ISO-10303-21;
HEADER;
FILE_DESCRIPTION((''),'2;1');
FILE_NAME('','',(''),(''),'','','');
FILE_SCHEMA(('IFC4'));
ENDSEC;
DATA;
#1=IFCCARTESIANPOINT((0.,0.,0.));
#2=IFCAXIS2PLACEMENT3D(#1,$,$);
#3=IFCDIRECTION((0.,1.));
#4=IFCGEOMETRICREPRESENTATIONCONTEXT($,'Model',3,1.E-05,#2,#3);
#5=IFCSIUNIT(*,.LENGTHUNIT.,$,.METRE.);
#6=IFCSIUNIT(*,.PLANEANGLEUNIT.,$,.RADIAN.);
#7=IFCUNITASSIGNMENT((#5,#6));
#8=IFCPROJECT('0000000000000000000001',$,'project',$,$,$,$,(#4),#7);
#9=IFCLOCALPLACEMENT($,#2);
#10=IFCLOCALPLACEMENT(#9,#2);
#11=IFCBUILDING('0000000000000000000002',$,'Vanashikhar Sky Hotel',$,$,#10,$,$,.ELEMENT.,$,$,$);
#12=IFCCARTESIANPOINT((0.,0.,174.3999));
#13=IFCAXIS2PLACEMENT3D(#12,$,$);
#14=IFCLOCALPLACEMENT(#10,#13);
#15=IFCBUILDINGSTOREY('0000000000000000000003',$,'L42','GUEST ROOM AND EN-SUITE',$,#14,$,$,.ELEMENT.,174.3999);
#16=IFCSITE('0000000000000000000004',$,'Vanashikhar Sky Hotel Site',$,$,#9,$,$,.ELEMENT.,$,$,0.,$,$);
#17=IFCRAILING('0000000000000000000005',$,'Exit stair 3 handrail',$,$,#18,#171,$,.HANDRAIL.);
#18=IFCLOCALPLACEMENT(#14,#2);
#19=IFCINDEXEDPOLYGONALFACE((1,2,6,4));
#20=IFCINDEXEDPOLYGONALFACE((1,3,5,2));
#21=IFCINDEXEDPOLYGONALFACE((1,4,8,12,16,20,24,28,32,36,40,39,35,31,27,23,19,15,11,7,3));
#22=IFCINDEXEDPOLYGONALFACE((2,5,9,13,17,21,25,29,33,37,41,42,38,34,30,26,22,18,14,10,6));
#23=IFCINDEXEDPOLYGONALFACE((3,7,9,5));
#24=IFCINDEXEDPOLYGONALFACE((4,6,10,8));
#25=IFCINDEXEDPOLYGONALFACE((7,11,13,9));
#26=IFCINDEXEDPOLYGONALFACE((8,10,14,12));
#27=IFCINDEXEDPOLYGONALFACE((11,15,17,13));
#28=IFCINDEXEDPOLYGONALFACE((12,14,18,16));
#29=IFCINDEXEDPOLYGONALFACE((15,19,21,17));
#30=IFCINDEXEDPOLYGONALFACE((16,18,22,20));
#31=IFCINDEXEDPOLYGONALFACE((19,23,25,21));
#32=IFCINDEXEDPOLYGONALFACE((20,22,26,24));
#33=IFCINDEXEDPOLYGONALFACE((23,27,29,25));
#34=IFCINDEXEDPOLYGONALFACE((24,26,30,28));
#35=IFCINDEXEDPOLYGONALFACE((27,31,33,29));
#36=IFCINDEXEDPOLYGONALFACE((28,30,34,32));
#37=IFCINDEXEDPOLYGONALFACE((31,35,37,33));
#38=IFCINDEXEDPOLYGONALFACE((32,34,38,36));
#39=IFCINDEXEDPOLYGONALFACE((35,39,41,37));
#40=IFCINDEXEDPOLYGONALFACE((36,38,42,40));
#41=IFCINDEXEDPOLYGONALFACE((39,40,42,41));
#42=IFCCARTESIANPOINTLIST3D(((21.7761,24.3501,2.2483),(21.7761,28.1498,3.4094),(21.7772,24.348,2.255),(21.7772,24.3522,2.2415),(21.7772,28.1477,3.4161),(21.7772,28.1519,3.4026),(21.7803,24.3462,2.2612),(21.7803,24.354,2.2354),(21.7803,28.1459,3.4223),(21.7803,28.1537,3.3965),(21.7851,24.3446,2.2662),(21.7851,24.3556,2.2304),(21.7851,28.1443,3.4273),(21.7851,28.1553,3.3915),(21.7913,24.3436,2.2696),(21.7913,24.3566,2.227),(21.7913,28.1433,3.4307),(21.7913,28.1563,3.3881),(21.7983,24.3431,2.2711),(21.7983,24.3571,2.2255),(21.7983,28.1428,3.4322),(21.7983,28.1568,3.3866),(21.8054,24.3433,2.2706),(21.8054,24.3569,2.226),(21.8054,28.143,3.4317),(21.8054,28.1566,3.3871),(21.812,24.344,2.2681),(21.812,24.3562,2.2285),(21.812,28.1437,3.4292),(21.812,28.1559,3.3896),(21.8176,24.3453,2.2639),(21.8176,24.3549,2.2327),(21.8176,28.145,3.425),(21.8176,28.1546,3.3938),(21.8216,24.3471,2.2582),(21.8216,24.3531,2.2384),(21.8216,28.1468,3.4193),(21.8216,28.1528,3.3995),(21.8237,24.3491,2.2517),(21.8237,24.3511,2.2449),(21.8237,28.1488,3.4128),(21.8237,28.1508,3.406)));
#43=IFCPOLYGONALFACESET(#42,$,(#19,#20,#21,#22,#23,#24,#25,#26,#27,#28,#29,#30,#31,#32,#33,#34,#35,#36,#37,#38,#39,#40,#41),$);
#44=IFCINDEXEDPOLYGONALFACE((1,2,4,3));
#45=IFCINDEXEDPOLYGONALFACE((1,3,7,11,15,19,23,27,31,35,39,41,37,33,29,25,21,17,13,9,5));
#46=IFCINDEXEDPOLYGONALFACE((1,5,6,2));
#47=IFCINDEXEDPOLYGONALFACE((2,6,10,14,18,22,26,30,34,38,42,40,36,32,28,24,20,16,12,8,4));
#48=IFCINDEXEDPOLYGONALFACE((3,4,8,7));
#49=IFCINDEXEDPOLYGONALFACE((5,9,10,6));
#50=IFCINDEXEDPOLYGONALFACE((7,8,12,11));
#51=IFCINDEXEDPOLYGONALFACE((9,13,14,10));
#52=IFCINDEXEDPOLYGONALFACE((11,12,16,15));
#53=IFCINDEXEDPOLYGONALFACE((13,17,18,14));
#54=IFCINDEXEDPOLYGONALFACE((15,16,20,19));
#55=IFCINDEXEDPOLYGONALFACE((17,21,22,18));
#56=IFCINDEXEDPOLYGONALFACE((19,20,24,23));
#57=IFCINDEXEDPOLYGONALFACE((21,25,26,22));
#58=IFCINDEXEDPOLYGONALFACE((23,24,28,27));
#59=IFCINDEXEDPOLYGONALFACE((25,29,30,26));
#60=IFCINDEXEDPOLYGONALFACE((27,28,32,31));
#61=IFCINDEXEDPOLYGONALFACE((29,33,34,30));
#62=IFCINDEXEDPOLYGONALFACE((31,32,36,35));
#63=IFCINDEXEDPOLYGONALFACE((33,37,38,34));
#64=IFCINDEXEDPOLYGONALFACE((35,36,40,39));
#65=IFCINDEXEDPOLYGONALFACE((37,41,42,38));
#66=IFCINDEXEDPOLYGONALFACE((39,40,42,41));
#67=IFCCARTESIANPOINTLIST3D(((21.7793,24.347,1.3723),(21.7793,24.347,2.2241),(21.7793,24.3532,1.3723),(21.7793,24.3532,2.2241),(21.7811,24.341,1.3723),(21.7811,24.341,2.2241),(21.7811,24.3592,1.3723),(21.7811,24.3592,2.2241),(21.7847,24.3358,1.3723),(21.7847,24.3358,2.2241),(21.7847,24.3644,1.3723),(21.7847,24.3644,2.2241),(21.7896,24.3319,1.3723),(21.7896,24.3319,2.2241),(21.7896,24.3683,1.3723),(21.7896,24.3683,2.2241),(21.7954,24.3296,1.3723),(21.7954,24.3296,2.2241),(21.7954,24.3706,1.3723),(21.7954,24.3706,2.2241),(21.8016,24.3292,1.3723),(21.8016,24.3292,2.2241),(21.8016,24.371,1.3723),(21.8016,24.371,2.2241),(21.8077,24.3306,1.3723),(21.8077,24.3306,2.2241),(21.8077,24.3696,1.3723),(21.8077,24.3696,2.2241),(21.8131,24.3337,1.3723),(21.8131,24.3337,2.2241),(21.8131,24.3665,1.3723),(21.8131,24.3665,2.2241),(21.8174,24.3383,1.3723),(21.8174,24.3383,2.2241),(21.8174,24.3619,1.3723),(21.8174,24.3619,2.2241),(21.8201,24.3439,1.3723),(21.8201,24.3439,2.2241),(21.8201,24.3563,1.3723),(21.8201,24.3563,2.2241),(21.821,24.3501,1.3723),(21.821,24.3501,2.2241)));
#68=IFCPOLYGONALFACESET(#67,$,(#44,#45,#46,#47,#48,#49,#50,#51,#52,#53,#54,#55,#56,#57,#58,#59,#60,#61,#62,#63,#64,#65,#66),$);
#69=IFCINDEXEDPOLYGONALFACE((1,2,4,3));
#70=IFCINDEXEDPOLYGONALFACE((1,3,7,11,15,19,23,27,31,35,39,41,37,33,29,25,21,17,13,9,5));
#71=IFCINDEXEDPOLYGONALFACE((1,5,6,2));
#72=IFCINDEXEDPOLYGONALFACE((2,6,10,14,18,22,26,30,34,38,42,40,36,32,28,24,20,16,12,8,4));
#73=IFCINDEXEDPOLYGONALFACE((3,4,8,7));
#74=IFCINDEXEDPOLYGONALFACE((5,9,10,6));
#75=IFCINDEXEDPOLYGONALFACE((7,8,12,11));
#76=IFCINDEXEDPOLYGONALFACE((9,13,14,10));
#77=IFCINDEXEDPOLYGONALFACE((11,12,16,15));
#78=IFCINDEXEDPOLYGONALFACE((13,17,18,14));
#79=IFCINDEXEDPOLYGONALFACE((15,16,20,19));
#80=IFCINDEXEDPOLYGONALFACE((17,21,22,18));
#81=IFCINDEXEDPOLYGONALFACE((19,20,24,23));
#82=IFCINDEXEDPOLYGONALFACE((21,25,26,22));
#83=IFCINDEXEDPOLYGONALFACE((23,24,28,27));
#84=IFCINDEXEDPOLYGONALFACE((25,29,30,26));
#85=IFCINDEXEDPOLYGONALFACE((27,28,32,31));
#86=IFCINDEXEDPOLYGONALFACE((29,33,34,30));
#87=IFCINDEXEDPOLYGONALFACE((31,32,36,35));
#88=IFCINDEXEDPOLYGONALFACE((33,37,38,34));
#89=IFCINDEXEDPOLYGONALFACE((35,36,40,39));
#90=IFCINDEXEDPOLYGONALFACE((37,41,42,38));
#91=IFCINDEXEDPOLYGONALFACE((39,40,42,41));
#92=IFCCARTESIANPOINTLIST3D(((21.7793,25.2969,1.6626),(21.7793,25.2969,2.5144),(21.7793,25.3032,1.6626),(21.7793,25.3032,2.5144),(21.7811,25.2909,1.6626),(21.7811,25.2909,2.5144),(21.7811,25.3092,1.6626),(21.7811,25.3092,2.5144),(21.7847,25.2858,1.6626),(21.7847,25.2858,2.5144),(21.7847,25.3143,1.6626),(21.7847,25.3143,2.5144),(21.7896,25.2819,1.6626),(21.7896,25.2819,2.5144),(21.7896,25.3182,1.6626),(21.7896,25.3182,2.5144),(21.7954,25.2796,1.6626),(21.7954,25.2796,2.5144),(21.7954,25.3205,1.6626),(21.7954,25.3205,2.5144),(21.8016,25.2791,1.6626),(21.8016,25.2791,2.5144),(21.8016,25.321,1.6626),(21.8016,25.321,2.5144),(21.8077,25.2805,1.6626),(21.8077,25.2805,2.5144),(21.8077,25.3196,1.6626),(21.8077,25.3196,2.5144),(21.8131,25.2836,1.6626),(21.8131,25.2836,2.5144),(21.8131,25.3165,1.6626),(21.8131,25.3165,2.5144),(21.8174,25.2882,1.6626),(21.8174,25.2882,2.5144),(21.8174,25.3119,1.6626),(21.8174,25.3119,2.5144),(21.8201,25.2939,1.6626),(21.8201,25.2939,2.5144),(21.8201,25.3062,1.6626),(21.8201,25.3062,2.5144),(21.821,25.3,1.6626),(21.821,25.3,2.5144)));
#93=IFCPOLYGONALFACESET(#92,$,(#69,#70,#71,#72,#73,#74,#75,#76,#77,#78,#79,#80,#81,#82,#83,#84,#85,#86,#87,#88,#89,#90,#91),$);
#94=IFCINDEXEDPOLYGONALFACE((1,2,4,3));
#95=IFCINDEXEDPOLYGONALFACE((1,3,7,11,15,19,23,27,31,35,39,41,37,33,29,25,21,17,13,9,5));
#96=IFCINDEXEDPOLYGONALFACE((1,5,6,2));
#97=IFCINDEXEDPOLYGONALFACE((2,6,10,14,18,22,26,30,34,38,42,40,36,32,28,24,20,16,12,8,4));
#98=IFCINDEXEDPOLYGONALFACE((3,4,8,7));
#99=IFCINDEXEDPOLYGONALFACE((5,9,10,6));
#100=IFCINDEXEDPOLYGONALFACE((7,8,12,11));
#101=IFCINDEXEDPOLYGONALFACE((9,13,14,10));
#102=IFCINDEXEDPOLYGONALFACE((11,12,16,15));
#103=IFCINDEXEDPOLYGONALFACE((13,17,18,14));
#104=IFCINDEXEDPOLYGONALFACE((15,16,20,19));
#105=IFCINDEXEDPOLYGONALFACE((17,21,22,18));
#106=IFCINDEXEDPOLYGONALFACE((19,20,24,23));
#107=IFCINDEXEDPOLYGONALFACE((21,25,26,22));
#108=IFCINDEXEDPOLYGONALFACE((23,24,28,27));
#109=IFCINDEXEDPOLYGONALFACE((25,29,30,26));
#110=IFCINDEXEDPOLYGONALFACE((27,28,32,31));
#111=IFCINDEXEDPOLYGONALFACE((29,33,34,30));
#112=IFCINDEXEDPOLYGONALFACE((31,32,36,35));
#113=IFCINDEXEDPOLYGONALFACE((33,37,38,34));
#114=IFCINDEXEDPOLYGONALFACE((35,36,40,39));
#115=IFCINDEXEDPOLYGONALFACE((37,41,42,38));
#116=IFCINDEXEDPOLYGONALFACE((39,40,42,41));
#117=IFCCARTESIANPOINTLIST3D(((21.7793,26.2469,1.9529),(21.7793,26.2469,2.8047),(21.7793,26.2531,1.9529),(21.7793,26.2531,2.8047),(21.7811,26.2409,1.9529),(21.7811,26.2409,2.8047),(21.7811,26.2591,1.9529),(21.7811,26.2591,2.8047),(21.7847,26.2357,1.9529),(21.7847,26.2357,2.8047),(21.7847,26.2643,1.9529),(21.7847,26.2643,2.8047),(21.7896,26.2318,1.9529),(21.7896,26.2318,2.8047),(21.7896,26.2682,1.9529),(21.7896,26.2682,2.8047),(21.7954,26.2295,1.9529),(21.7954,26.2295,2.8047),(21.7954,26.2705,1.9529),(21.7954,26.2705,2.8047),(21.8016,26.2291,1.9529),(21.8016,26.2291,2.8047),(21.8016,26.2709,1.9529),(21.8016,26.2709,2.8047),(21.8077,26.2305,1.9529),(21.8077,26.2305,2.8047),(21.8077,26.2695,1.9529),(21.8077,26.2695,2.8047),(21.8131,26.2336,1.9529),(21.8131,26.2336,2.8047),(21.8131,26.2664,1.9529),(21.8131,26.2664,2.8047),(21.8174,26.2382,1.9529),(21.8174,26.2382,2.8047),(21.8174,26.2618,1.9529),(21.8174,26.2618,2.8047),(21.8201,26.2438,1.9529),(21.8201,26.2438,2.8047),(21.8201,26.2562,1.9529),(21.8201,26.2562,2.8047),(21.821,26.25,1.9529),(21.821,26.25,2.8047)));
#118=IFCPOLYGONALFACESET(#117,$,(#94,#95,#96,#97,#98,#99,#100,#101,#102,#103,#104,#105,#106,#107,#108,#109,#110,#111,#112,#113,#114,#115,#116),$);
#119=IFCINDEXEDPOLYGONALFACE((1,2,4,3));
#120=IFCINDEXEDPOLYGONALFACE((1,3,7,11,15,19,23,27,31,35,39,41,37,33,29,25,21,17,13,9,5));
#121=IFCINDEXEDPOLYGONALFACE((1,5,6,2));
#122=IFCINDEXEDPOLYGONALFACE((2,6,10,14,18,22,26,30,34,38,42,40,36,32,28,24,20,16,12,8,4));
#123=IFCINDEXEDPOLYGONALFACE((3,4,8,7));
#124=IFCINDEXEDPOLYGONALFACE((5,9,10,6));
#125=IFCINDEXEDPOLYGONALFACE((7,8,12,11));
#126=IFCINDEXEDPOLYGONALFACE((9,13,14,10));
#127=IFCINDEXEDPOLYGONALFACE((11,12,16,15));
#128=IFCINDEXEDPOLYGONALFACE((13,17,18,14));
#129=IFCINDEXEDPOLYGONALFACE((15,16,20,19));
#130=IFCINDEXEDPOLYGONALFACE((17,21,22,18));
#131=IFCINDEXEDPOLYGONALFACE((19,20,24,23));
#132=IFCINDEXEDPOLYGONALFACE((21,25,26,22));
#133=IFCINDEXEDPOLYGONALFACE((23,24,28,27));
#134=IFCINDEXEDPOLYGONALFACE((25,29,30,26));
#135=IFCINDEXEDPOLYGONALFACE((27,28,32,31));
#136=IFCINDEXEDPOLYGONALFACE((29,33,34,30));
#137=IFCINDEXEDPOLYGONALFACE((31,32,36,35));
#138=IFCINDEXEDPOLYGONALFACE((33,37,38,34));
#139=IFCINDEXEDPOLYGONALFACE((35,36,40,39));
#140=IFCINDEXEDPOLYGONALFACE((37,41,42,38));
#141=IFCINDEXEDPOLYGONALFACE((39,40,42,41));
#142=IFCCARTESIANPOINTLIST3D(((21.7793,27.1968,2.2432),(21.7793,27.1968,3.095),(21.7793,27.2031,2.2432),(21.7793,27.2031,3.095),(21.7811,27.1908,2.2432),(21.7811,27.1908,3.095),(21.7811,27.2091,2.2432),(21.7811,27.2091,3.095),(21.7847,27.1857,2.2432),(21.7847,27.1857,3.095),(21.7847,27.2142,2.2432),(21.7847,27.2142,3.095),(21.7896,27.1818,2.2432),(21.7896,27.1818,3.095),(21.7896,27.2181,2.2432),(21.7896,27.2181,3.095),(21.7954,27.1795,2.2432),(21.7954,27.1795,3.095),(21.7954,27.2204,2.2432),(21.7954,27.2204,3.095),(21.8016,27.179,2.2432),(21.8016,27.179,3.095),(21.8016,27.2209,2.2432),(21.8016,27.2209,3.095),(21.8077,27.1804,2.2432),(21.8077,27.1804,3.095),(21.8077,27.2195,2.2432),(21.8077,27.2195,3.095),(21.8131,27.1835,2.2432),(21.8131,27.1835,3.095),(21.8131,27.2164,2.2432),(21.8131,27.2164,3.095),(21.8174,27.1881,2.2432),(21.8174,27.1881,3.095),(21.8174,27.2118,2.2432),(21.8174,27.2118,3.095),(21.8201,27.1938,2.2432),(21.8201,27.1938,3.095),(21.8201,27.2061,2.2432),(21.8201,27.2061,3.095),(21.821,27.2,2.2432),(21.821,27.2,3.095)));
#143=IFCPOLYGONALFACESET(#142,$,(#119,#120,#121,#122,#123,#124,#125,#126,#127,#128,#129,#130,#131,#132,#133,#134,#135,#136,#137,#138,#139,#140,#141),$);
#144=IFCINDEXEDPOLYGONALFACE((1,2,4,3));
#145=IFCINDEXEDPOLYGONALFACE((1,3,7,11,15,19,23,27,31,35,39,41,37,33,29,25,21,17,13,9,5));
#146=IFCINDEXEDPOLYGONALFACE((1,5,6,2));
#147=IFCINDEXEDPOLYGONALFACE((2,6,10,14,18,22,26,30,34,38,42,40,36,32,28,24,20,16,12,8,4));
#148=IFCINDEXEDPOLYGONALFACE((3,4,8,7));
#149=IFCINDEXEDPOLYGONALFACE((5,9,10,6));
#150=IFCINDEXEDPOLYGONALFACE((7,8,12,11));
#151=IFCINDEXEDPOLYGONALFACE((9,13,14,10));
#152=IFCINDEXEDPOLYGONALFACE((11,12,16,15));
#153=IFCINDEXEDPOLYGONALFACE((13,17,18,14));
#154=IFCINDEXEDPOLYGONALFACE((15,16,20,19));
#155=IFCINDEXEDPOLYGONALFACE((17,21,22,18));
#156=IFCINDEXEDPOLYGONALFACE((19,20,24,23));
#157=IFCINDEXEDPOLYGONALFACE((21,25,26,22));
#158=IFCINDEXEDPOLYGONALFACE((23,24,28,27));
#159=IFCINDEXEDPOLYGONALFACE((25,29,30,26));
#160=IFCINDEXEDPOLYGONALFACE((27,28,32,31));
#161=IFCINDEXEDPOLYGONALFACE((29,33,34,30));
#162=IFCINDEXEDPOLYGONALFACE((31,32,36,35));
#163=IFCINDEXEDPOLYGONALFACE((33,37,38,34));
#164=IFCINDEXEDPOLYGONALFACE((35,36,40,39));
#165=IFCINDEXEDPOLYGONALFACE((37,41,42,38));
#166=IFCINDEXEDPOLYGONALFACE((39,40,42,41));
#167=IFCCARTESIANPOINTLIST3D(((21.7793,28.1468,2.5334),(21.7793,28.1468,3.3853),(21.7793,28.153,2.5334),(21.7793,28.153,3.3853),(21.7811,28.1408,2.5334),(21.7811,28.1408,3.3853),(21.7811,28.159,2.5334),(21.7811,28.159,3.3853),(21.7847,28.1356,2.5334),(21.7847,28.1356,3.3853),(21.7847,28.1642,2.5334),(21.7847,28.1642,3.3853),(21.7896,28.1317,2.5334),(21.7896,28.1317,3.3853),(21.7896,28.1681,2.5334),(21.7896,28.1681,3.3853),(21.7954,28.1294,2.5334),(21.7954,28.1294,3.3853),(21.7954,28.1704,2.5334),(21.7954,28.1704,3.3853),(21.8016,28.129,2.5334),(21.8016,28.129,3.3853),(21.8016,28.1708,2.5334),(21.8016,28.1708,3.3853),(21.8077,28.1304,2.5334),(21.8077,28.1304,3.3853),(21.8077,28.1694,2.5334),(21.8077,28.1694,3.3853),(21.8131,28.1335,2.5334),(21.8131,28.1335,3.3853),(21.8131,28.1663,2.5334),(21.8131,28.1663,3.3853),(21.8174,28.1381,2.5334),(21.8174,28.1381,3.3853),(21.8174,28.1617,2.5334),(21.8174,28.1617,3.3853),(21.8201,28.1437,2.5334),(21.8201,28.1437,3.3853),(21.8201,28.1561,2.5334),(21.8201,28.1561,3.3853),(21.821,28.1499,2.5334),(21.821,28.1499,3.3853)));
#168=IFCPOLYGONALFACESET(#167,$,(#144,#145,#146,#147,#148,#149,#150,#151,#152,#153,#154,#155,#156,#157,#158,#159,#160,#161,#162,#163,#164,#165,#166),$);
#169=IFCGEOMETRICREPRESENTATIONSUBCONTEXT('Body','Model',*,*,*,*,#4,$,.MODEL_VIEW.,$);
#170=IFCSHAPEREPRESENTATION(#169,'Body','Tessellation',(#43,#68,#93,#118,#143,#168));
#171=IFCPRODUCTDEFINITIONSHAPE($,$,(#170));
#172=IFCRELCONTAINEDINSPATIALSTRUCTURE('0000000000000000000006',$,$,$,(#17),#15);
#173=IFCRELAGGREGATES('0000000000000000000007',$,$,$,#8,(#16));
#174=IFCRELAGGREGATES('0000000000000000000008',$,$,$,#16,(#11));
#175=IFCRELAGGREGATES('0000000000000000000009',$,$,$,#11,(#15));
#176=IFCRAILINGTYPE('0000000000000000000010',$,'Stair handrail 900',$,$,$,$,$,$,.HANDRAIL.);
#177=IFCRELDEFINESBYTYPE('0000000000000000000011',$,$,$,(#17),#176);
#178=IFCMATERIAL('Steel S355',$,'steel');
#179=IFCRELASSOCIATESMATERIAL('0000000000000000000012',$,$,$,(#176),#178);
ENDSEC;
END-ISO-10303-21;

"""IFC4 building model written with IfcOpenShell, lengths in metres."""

from ifc_helpers import new_model, si_unit, direction, frame, origin, origin_2d, place, context, subcontext, project, spatial, circle, extrude, source, transform, mapped, material, type_object, element, save


model = new_model("IFC4")

# Units and contexts
model_context = context("Model", 3, precision=1e-05, world=origin(), true_north=direction((0.0, 1.0)))
body_context = subcontext(model_context, "Body", "Model", "MODEL_VIEW")
ifc_project = project(units=[si_unit("LENGTHUNIT", "METRE"), si_unit("PLANEANGLEUNIT", "RADIAN")], contexts=[model_context])

# Site, building, storey
site_placement = place(None, origin())
site = spatial("IfcSite", under=ifc_project, at=site_placement, Name="Vanashikhar Sky Hotel Site", CompositionType="ELEMENT", RefElevation=0.0)
building_placement = place(site_placement, origin())
building = spatial("IfcBuilding", under=site, at=building_placement, Name="Vanashikhar Sky Hotel", CompositionType="ELEMENT")
storey_placement = place(building_placement, frame((0.0, 0.0, 174.3999)))
storey = spatial("IfcBuildingStorey", under=building, at=storey_placement, Name="L42", Description="GUEST ROOM AND EN-SUITE", CompositionType="ELEMENT", Elevation=174.3999)

# Railing
ifc_material_1 = material(Name="Steel S355", Category="steel")
railing_type_1 = type_object("IfcRailingType", Name="Stair handrail 900", PredefinedType="HANDRAIL", material=ifc_material_1)
shared_shape_1 = source(origin(), body_context, "Body", "SweptSolid", [
    extrude(circle(Radius=0.0239, at=origin_2d()), frame((0.0, 0.0, 0.876), z_axis=(0.0, 0.956346, 0.292237), x_axis=(-1.0, 0.0, 0.0)), (0.0, 0.0, 1.0), 3.9731),
    extrude(circle(Radius=0.021, at=origin_2d()), origin(), (0.0, 0.0, 1.0), 0.8518),
    extrude(circle(Radius=0.021, at=origin_2d()), frame((0.0, 0.95, 0.2903)), (0.0, 0.0, 1.0), 0.8518),
    extrude(circle(Radius=0.021, at=origin_2d()), frame((0.0, 1.8999, 0.5806)), (0.0, 0.0, 1.0), 0.8518),
    extrude(circle(Radius=0.021, at=origin_2d()), frame((0.0, 2.8499, 0.8708)), (0.0, 0.0, 1.0), 0.8518),
    extrude(circle(Radius=0.021, at=origin_2d()), frame((0.0, 3.7998, 1.1611)), (0.0, 0.0, 1.0), 0.8518),
])
railing_1_placement = place(storey_placement, frame((21.8, 24.3501, 1.3723)))
element("IfcRailing", 1, at=railing_1_placement, inside=storey, type_object=railing_type_1, Name="Exit stair 3 handrail", PredefinedType="HANDRAIL", context=body_context, shape_type="MappedRepresentation", body=[
    mapped(shared_shape_1, transform((0.0, 0.0, 0.0), scale=1.0)),
])

save(model, "model.ifc")
